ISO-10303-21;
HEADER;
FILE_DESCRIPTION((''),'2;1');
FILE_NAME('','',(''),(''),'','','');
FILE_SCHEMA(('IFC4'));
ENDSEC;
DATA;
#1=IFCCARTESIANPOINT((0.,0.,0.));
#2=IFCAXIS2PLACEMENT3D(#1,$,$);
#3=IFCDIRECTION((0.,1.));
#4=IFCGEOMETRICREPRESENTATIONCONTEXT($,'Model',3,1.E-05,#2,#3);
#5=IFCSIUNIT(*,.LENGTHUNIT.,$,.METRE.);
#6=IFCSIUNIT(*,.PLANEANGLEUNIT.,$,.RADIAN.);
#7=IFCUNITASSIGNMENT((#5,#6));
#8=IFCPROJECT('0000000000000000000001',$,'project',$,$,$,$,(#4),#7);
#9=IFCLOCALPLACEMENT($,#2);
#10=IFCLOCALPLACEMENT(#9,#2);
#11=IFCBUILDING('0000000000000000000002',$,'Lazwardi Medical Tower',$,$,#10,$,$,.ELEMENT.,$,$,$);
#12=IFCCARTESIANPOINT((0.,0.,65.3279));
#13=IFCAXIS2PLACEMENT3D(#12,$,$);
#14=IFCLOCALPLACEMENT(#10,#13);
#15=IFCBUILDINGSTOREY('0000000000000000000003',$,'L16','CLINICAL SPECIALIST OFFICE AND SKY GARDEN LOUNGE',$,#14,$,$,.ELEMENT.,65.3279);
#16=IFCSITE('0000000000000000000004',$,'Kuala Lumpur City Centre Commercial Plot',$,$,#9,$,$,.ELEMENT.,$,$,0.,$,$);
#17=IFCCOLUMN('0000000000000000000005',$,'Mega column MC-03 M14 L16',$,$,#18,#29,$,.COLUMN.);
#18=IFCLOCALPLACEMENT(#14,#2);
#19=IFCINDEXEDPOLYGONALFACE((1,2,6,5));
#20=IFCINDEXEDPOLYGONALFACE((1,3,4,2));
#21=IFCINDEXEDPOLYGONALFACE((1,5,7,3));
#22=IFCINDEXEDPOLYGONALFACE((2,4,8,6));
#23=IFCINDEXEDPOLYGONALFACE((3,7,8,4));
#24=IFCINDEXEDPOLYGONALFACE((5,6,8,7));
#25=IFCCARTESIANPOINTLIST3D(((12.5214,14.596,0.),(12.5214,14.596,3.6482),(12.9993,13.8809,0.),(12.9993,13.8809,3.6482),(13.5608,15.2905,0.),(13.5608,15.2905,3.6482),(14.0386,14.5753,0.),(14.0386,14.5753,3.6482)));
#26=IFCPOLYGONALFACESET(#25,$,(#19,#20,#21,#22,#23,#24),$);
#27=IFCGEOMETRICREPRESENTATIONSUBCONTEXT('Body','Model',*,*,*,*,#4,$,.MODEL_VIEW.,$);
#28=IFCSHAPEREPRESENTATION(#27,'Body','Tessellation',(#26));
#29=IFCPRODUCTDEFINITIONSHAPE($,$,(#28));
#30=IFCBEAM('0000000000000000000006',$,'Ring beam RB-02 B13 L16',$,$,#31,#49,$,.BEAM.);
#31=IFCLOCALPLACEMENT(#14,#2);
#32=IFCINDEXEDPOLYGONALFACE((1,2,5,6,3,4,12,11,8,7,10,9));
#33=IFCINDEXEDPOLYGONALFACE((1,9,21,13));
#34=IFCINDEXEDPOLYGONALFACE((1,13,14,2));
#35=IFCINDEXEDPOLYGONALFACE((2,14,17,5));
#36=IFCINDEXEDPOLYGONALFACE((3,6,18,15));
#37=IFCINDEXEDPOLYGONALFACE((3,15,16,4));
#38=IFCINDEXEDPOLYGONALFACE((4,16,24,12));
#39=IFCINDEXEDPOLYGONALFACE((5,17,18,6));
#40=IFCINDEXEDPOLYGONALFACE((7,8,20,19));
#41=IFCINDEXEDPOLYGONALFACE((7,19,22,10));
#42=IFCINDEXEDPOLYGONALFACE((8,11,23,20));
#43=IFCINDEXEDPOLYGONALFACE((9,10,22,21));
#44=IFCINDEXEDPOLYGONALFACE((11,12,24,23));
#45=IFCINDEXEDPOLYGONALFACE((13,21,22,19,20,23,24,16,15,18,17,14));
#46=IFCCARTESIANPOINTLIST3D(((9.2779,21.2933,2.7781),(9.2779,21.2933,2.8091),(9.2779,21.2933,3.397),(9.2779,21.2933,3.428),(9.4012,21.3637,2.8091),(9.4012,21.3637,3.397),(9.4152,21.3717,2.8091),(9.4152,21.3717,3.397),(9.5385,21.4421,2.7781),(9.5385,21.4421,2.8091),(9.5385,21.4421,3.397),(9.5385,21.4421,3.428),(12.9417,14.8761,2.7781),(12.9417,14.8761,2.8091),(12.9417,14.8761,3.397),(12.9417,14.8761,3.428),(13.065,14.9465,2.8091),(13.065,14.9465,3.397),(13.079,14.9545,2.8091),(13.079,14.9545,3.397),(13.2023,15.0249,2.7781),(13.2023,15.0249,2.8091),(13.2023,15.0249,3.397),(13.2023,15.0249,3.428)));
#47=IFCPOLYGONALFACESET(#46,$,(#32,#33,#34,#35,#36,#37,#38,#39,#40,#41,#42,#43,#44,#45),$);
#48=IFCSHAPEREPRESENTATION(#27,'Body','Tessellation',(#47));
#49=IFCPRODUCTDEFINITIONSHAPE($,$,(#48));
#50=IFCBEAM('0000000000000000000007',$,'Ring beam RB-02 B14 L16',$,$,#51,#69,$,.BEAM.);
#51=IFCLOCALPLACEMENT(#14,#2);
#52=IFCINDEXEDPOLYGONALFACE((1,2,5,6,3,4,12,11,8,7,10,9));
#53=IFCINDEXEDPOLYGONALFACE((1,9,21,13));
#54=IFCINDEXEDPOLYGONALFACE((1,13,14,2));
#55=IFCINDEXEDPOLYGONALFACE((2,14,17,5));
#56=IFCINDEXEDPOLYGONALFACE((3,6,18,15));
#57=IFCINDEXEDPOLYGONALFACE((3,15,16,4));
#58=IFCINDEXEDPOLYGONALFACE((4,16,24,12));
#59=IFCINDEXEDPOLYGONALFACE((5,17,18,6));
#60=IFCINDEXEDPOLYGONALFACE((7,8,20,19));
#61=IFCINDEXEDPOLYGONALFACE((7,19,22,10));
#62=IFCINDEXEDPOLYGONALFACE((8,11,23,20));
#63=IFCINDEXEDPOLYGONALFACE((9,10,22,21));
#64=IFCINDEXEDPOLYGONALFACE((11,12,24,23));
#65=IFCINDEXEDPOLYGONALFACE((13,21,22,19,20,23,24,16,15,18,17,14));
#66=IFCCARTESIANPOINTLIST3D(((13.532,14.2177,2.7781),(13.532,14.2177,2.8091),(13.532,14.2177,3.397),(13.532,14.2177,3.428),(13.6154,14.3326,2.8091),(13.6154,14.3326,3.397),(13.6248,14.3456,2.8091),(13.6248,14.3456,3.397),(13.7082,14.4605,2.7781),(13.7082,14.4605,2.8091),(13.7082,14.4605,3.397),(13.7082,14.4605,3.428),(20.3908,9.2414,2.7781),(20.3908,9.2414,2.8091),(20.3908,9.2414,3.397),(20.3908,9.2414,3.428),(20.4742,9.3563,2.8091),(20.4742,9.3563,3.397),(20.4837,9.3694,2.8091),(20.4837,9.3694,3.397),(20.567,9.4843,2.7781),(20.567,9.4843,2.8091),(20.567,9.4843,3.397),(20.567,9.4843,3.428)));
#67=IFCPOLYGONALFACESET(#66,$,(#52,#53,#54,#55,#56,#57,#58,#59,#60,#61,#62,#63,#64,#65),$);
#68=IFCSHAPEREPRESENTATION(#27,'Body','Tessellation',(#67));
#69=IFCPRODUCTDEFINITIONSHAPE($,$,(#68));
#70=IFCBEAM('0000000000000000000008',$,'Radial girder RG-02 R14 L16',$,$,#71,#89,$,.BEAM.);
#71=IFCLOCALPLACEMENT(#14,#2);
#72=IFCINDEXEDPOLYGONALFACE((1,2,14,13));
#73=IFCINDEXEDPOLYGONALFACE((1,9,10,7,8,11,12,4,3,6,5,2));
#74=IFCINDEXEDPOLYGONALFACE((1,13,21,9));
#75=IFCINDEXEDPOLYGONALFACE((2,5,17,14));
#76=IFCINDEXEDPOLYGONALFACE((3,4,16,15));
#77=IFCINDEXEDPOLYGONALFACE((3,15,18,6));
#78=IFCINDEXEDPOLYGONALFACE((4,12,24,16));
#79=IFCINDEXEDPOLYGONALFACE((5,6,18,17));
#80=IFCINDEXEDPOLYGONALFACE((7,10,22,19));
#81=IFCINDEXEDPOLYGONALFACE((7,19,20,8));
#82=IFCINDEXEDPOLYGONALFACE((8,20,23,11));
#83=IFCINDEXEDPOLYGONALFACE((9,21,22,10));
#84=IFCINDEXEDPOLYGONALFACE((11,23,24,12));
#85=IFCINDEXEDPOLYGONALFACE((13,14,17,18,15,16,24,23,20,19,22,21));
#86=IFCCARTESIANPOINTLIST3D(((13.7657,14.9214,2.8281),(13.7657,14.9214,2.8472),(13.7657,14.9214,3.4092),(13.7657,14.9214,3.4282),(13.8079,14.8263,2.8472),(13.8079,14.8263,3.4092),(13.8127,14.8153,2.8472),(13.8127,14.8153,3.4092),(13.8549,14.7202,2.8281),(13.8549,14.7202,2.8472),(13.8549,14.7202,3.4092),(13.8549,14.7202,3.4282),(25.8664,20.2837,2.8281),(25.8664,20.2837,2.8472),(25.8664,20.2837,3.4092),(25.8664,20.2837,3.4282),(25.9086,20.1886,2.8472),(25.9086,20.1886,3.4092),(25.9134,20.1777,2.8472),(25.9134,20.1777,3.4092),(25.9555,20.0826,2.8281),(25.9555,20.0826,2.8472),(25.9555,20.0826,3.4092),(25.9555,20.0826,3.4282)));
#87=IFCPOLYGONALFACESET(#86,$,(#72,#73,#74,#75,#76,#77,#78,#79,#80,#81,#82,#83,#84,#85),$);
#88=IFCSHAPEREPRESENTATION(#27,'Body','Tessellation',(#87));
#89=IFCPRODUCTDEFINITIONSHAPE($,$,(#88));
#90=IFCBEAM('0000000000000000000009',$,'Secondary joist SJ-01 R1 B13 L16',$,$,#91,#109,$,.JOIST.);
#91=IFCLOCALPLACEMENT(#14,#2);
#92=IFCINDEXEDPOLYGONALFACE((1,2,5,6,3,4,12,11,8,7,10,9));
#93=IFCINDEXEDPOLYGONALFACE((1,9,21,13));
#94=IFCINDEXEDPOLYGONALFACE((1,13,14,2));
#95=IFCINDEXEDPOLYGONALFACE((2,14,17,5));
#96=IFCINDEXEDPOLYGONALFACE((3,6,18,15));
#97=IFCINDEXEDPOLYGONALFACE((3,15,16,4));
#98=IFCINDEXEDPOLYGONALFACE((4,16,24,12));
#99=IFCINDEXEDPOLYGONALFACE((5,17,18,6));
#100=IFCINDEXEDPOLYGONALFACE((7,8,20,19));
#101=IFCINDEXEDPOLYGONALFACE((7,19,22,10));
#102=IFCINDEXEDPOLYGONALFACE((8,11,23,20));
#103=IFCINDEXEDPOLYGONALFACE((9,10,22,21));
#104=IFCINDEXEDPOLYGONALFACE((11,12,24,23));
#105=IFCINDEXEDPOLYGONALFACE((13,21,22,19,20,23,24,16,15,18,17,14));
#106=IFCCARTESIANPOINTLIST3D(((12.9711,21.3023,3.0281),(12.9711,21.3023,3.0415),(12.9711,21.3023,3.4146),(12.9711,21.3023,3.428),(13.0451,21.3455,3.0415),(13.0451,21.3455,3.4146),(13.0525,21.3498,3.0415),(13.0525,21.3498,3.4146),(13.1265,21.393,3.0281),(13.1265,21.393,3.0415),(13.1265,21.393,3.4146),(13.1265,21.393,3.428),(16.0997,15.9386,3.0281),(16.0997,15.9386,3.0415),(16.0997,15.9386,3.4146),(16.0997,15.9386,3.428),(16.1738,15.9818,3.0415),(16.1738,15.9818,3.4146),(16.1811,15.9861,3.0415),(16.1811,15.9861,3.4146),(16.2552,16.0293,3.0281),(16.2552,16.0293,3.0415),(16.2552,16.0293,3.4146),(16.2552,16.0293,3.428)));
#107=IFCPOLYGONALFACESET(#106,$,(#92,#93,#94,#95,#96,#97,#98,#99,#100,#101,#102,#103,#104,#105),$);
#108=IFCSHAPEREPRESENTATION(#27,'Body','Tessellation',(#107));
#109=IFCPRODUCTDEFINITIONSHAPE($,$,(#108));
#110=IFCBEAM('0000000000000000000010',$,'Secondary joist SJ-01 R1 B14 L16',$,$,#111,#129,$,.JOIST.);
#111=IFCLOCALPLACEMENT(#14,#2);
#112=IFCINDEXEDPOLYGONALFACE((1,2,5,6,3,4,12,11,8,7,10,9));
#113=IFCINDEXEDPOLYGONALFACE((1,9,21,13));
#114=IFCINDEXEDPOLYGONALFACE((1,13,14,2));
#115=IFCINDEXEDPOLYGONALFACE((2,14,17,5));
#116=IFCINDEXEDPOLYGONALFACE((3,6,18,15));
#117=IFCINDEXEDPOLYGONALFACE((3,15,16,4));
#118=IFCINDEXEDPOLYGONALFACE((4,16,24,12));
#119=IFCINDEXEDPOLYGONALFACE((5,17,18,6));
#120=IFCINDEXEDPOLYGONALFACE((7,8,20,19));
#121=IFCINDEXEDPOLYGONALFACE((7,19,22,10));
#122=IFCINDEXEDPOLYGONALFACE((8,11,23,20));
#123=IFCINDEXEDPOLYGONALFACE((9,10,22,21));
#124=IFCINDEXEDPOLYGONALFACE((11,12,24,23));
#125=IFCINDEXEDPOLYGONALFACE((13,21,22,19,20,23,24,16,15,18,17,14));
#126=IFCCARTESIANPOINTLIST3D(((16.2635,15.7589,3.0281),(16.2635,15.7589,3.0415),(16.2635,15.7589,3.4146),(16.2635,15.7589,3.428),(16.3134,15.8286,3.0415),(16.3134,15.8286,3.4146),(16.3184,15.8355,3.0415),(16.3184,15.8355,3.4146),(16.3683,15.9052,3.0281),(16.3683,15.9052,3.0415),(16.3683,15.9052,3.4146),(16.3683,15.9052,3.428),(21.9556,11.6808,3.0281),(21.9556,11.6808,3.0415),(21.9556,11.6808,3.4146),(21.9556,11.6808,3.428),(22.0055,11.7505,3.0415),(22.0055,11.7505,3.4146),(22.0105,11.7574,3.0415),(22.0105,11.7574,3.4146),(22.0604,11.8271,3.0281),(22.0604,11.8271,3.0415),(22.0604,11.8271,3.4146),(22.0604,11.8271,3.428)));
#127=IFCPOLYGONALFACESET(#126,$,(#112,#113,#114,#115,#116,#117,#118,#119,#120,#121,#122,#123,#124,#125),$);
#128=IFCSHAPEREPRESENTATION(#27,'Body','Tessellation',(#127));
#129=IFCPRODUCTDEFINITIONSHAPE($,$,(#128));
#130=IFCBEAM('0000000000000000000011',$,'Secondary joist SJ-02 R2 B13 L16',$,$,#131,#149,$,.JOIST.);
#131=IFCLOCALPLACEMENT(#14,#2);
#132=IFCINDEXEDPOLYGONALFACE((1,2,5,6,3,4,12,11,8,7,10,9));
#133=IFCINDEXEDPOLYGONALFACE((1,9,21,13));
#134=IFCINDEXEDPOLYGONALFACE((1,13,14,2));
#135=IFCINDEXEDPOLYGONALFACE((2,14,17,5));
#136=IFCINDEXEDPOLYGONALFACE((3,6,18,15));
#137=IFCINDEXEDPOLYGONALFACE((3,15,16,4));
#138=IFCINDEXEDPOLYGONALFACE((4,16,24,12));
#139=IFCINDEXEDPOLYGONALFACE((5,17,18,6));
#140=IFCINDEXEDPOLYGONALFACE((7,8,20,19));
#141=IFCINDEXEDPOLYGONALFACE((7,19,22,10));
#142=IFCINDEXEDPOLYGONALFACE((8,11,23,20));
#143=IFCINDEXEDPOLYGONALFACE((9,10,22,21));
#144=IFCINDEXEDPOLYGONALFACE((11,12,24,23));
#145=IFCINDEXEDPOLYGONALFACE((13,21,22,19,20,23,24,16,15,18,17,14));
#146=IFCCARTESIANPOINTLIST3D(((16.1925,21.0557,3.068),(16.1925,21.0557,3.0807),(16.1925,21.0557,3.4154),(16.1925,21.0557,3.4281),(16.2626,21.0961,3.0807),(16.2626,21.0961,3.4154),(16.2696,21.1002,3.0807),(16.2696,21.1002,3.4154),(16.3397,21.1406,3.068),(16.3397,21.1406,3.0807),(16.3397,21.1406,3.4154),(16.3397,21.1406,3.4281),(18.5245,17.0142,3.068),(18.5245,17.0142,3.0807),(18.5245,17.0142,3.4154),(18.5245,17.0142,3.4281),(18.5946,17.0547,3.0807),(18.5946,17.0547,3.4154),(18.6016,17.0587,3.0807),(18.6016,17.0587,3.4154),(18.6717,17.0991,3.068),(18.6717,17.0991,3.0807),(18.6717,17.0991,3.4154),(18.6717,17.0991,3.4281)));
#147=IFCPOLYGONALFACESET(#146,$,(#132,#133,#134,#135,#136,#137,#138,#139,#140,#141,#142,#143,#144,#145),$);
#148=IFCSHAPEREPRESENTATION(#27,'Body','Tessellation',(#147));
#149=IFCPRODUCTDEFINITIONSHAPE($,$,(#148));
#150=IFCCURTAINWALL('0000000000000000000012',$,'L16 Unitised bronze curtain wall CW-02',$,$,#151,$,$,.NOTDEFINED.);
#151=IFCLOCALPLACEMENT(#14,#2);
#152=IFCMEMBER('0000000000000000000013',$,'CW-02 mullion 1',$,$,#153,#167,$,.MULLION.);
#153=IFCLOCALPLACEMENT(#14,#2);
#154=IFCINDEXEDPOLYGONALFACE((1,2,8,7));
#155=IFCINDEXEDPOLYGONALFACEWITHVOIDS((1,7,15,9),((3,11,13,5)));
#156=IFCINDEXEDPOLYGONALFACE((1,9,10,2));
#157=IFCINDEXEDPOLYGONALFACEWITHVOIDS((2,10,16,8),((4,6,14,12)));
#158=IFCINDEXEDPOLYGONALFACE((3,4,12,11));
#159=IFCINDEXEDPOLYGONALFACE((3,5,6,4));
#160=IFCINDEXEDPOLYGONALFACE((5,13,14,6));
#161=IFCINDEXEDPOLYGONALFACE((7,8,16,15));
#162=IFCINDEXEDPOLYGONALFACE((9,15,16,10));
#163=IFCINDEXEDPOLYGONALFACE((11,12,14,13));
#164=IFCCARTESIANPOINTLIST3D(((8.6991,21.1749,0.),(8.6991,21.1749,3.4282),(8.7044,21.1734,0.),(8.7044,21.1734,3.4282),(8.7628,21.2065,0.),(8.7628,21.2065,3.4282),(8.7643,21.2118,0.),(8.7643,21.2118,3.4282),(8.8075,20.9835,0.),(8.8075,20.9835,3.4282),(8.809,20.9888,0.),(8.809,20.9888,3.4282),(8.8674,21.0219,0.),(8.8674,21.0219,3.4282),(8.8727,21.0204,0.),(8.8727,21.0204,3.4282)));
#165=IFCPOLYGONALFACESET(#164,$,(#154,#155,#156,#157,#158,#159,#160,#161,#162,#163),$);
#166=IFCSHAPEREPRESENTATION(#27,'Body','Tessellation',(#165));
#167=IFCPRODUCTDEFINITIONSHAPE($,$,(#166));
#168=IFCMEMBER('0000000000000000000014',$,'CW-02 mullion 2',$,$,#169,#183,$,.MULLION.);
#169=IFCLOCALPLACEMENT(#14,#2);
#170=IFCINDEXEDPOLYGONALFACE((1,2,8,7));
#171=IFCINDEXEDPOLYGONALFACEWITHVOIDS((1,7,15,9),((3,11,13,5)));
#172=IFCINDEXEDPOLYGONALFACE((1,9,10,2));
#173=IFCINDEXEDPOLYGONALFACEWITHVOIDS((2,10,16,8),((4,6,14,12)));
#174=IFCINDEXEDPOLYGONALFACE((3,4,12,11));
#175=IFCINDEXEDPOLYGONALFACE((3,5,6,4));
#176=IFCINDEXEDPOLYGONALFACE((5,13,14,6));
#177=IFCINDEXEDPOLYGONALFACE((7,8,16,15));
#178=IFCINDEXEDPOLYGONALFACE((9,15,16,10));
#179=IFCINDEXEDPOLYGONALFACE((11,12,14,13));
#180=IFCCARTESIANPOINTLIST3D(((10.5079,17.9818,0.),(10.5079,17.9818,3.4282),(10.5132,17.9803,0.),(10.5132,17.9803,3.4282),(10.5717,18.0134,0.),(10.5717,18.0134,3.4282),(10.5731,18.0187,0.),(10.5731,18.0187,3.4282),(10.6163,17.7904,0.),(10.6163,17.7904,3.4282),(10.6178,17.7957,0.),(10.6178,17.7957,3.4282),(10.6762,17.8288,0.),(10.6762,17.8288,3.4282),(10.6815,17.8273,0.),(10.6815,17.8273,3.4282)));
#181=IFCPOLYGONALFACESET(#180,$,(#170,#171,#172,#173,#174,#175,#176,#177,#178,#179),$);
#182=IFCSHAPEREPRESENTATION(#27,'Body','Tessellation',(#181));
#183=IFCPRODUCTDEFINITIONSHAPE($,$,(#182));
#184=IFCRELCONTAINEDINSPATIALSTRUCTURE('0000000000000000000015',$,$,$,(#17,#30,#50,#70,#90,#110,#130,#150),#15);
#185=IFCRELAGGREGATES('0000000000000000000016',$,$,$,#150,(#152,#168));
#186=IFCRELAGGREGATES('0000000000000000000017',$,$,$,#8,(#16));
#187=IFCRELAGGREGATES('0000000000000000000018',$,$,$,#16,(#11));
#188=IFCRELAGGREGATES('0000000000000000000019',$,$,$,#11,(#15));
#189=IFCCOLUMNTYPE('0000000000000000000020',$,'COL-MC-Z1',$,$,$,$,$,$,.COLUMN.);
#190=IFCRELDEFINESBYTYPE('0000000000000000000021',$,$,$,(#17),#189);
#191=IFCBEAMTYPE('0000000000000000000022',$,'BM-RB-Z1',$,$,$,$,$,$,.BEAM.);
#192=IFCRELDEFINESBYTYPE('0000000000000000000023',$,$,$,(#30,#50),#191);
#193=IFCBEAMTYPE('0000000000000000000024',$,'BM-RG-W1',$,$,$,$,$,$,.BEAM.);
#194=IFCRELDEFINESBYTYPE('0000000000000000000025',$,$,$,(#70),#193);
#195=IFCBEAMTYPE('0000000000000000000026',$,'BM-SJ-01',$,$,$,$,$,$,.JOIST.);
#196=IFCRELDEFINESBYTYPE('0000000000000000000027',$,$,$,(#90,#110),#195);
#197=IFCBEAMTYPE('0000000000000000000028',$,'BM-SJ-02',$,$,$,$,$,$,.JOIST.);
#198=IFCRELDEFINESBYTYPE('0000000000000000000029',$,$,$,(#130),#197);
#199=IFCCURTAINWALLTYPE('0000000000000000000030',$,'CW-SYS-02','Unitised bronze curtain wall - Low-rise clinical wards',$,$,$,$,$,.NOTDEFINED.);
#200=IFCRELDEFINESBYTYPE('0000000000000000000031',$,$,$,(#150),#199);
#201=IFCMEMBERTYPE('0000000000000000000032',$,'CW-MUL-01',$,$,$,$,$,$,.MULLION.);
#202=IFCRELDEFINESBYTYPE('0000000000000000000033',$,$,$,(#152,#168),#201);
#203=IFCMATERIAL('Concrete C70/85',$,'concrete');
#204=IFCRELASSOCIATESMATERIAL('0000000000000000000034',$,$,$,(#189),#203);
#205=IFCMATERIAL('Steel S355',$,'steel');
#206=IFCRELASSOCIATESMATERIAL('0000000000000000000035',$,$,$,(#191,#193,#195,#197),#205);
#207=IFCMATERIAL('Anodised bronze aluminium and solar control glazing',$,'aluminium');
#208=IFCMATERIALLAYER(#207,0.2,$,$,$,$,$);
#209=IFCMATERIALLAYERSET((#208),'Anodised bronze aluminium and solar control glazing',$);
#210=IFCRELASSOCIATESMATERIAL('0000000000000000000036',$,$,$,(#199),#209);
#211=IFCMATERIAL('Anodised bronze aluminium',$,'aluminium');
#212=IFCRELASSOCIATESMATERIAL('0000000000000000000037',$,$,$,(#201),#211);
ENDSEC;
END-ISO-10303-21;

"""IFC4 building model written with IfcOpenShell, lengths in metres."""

from ifc_helpers import new_model, si_unit, direction, frame, origin, origin_2d, place, context, subcontext, project, spatial, rectangle, hollow_rectangle, i_section, extrude, material, layer, layer_set, material_profile, profile_set, type_object, element, aggregate, save


model = new_model("IFC4")

# Units and contexts
model_context = context("Model", 3, precision=1e-05, world=origin(), true_north=direction((0.0, 1.0)))
body_context = subcontext(model_context, "Body", "Model", "MODEL_VIEW")
ifc_project = project(units=[si_unit("LENGTHUNIT", "METRE"), si_unit("PLANEANGLEUNIT", "RADIAN")], contexts=[model_context])

# Site, building, storey
site_placement = place(None, origin())
site = spatial("IfcSite", under=ifc_project, at=site_placement, Name="Kuala Lumpur City Centre Commercial Plot", CompositionType="ELEMENT", RefElevation=0.0)
building_placement = place(site_placement, origin())
building = spatial("IfcBuilding", under=site, at=building_placement, Name="Lazwardi Medical Tower", CompositionType="ELEMENT")
storey_placement = place(building_placement, frame((0.0, 0.0, 65.3279)))
storey = spatial("IfcBuildingStorey", under=building, at=storey_placement, Name="L16", Description="CLINICAL SPECIALIST OFFICE AND SKY GARDEN LOUNGE", CompositionType="ELEMENT", Elevation=65.3279)

# Column
ifc_material_1 = material(Name="Concrete C70/85", Category="concrete")
ifc_material_profile_1 = material_profile(ifc_material_1, rectangle(XDim=1.25, YDim=0.8601, at=origin_2d()), Name="CFT-RECT 1250x860")
ifc_profile_set_1 = profile_set([ifc_material_profile_1], Name="Concrete C70/85")
column_type = type_object("IfcColumnType", Name="COL-MC-Z1", PredefinedType="COLUMN", material=ifc_profile_set_1)
column_placement = place(storey_placement, frame((13.28, 14.5857, 0.0), z_axis=(0.0, 0.0, 1.0), x_axis=(-0.83147, -0.55557, 0.0)))
element("IfcColumn", 1, at=column_placement, inside=storey, type_object=column_type, Name="Mega column MC-03 M14 L16", PredefinedType="COLUMN", context=body_context, shape_type="SweptSolid", body=[
    extrude(rectangle(XDim=1.25, YDim=0.8601, at=origin_2d()), origin(), (0.0, 0.0, 1.0), 3.6482),
])

# Beams
ifc_material_2 = material(Name="Steel S355", Category="steel")
ifc_material_profile_2 = material_profile(ifc_material_2, i_section(OverallWidth=0.3, OverallDepth=0.6499, WebThickness=0.0161, FlangeThickness=0.031, at=origin_2d()), Name="HEB 650")
ifc_profile_set_2 = profile_set([ifc_material_profile_2], Name="Steel S355")
beam_type_1 = type_object("IfcBeamType", Name="BM-RB-Z1", PredefinedType="BEAM", material=ifc_profile_set_2)
beam_1_placement = place(storey_placement, frame((9.4082, 21.3677, 3.103), z_axis=(0.495815, -0.868428, 0.0), x_axis=(0.868428, 0.495815, 0.0)))
element("IfcBeam", 2, at=beam_1_placement, inside=storey, type_object=beam_type_1, Name="Ring beam RB-02 B13 L16", PredefinedType="BEAM", context=body_context, shape_type="SweptSolid", body=[
    extrude(i_section(OverallWidth=0.3, OverallDepth=0.6499, WebThickness=0.0161, FlangeThickness=0.031, at=origin_2d()), origin(), (0.0, 0.0, 1.0), 7.3894),
])
beam_2_placement = place(storey_placement, frame((13.6201, 14.3391, 3.103), z_axis=(0.809407, -0.587248, 0.0), x_axis=(0.587248, 0.809407, 0.0)))
element("IfcBeam", 3, at=beam_2_placement, inside=storey, type_object=beam_type_1, Name="Ring beam RB-02 B14 L16", PredefinedType="BEAM", context=body_context, shape_type="SweptSolid", body=[
    extrude(i_section(OverallWidth=0.3, OverallDepth=0.6499, WebThickness=0.0161, FlangeThickness=0.031, at=origin_2d()), origin(), (0.0, 0.0, 1.0), 8.4739),
])
ifc_material_profile_3 = material_profile(ifc_material_2, i_section(OverallWidth=0.22, OverallDepth=0.6001, WebThickness=0.012, FlangeThickness=0.019, at=origin_2d()), Name="IPE 600")
ifc_profile_set_3 = profile_set([ifc_material_profile_3], Name="Steel S355")
beam_type_2 = type_object("IfcBeamType", Name="BM-RG-W1", PredefinedType="BEAM", material=ifc_profile_set_3)
beam_3_placement = place(storey_placement, frame((13.8103, 14.8208, 3.1282), z_axis=(0.914252, 0.405146, 0.0), x_axis=(-0.405146, 0.914252, 0.0)))
element("IfcBeam", 4, at=beam_3_placement, inside=storey, type_object=beam_type_2, Name="Radial girder RG-02 R14 L16", PredefinedType="BEAM", context=body_context, shape_type="SweptSolid", body=[
    extrude(i_section(OverallWidth=0.22, OverallDepth=0.6001, WebThickness=0.012, FlangeThickness=0.019, at=origin_2d()), origin(), (0.0, 0.0, 1.0), 13.2356),
])
ifc_material_profile_4 = material_profile(ifc_material_2, i_section(OverallWidth=0.1799, OverallDepth=0.3999, WebThickness=0.0085, FlangeThickness=0.0134, at=origin_2d()), Name="IPE 400")
ifc_profile_set_4 = profile_set([ifc_material_profile_4], Name="Steel S355")
beam_type_3 = type_object("IfcBeamType", Name="BM-SJ-01", PredefinedType="JOIST", material=ifc_profile_set_4)
beam_4_placement = place(storey_placement, frame((13.0488, 21.3477, 3.228), z_axis=(0.503847, -0.863793, 0.0), x_axis=(0.863793, 0.503847, 0.0)))
element("IfcBeam", 5, at=beam_4_placement, inside=storey, type_object=beam_type_3, Name="Secondary joist SJ-01 R1 B13 L16", PredefinedType="JOIST", context=body_context, shape_type="SweptSolid", body=[
    extrude(i_section(OverallWidth=0.1799, OverallDepth=0.3999, WebThickness=0.0085, FlangeThickness=0.0134, at=origin_2d()), origin(), (0.0, 0.0, 1.0), 6.2095),
])
beam_5_placement = place(storey_placement, frame((16.3159, 15.832, 3.228), z_axis=(0.812901, -0.582402, 0.0), x_axis=(0.582402, 0.812901, 0.0)))
element("IfcBeam", 6, at=beam_5_placement, inside=storey, type_object=beam_type_3, Name="Secondary joist SJ-01 R1 B14 L16", PredefinedType="JOIST", context=body_context, shape_type="SweptSolid", body=[
    extrude(i_section(OverallWidth=0.1799, OverallDepth=0.3999, WebThickness=0.0085, FlangeThickness=0.0134, at=origin_2d()), origin(), (0.0, 0.0, 1.0), 7.0022),
])
ifc_material_profile_5 = material_profile(ifc_material_2, i_section(OverallWidth=0.1699, OverallDepth=0.3601, WebThickness=0.0081, FlangeThickness=0.0127, at=origin_2d()), Name="IPE 360")
ifc_profile_set_5 = profile_set([ifc_material_profile_5], Name="Steel S355")
beam_type_4 = type_object("IfcBeamType", Name="BM-SJ-02", PredefinedType="JOIST", material=ifc_profile_set_5)
beam_6_placement = place(storey_placement, frame((16.2661, 21.0981, 3.248), z_axis=(0.499786, -0.866149, 0.0), x_axis=(0.866149, 0.499786, 0.0)))
element("IfcBeam", 7, at=beam_6_placement, inside=storey, type_object=beam_type_4, Name="Secondary joist SJ-02 R2 B13 L16", PredefinedType="JOIST", context=body_context, shape_type="SweptSolid", body=[
    extrude(i_section(OverallWidth=0.1699, OverallDepth=0.3601, WebThickness=0.0081, FlangeThickness=0.0127, at=origin_2d()), origin(), (0.0, 0.0, 1.0), 4.666),
])

# Curtain wall, members
ifc_material_3 = material(Name="Anodised bronze aluminium and solar control glazing", Category="aluminium")
ifc_layer_1 = layer(ifc_material_3, 0.2)
ifc_layer_set_1 = layer_set([ifc_layer_1], Name="Anodised bronze aluminium and solar control glazing")
curtain_wall_type = type_object("IfcCurtainWallType", Name="CW-SYS-02", Description="Unitised bronze curtain wall - Low-rise clinical wards", PredefinedType="NOTDEFINED", material=ifc_layer_set_1)
curtain_wall_1_placement = place(storey_placement, origin())
curtain_wall_1 = element("IfcCurtainWall", 8, at=curtain_wall_1_placement, inside=storey, type_object=curtain_wall_type, Name="L16 Unitised bronze curtain wall CW-02", PredefinedType="NOTDEFINED")
ifc_material_4 = material(Name="Anodised bronze aluminium", Category="aluminium")
ifc_material_profile_6 = material_profile(ifc_material_4, hollow_rectangle(XDim=0.075, YDim=0.22, WallThickness=0.0039, at=origin_2d()), Name="ALU-MULLION 220x75x4")
ifc_profile_set_6 = profile_set([ifc_material_profile_6], Name="Anodised bronze aluminium")
member_type_1 = type_object("IfcMemberType", Name="CW-MUL-01", PredefinedType="MULLION", material=ifc_profile_set_6)
member_1_placement = place(storey_placement, frame((8.7859, 21.0977, 0.0), z_axis=(0.0, 0.0, 1.0), x_axis=(0.870112, 0.492854, 0.0)))
member_1 = element("IfcMember", 9, at=member_1_placement, type_object=member_type_1, Name="CW-02 mullion 1", PredefinedType="MULLION", context=body_context, shape_type="SweptSolid", body=[
    extrude(hollow_rectangle(XDim=0.075, YDim=0.22, WallThickness=0.0039, at=origin_2d()), origin(), (0.0, 0.0, 1.0), 3.4282),
])
member_2_placement = place(storey_placement, frame((10.5947, 17.9045, 0.0), z_axis=(0.0, 0.0, 1.0), x_axis=(0.870112, 0.492854, 0.0)))
member_2 = element("IfcMember", 10, at=member_2_placement, type_object=member_type_1, Name="CW-02 mullion 2", PredefinedType="MULLION", context=body_context, shape_type="SweptSolid", body=[
    extrude(hollow_rectangle(XDim=0.075, YDim=0.22, WallThickness=0.0039, at=origin_2d()), origin(), (0.0, 0.0, 1.0), 3.4282),
])

aggregate(curtain_wall_1, [member_1, member_2])

save(model, "model.ifc")
